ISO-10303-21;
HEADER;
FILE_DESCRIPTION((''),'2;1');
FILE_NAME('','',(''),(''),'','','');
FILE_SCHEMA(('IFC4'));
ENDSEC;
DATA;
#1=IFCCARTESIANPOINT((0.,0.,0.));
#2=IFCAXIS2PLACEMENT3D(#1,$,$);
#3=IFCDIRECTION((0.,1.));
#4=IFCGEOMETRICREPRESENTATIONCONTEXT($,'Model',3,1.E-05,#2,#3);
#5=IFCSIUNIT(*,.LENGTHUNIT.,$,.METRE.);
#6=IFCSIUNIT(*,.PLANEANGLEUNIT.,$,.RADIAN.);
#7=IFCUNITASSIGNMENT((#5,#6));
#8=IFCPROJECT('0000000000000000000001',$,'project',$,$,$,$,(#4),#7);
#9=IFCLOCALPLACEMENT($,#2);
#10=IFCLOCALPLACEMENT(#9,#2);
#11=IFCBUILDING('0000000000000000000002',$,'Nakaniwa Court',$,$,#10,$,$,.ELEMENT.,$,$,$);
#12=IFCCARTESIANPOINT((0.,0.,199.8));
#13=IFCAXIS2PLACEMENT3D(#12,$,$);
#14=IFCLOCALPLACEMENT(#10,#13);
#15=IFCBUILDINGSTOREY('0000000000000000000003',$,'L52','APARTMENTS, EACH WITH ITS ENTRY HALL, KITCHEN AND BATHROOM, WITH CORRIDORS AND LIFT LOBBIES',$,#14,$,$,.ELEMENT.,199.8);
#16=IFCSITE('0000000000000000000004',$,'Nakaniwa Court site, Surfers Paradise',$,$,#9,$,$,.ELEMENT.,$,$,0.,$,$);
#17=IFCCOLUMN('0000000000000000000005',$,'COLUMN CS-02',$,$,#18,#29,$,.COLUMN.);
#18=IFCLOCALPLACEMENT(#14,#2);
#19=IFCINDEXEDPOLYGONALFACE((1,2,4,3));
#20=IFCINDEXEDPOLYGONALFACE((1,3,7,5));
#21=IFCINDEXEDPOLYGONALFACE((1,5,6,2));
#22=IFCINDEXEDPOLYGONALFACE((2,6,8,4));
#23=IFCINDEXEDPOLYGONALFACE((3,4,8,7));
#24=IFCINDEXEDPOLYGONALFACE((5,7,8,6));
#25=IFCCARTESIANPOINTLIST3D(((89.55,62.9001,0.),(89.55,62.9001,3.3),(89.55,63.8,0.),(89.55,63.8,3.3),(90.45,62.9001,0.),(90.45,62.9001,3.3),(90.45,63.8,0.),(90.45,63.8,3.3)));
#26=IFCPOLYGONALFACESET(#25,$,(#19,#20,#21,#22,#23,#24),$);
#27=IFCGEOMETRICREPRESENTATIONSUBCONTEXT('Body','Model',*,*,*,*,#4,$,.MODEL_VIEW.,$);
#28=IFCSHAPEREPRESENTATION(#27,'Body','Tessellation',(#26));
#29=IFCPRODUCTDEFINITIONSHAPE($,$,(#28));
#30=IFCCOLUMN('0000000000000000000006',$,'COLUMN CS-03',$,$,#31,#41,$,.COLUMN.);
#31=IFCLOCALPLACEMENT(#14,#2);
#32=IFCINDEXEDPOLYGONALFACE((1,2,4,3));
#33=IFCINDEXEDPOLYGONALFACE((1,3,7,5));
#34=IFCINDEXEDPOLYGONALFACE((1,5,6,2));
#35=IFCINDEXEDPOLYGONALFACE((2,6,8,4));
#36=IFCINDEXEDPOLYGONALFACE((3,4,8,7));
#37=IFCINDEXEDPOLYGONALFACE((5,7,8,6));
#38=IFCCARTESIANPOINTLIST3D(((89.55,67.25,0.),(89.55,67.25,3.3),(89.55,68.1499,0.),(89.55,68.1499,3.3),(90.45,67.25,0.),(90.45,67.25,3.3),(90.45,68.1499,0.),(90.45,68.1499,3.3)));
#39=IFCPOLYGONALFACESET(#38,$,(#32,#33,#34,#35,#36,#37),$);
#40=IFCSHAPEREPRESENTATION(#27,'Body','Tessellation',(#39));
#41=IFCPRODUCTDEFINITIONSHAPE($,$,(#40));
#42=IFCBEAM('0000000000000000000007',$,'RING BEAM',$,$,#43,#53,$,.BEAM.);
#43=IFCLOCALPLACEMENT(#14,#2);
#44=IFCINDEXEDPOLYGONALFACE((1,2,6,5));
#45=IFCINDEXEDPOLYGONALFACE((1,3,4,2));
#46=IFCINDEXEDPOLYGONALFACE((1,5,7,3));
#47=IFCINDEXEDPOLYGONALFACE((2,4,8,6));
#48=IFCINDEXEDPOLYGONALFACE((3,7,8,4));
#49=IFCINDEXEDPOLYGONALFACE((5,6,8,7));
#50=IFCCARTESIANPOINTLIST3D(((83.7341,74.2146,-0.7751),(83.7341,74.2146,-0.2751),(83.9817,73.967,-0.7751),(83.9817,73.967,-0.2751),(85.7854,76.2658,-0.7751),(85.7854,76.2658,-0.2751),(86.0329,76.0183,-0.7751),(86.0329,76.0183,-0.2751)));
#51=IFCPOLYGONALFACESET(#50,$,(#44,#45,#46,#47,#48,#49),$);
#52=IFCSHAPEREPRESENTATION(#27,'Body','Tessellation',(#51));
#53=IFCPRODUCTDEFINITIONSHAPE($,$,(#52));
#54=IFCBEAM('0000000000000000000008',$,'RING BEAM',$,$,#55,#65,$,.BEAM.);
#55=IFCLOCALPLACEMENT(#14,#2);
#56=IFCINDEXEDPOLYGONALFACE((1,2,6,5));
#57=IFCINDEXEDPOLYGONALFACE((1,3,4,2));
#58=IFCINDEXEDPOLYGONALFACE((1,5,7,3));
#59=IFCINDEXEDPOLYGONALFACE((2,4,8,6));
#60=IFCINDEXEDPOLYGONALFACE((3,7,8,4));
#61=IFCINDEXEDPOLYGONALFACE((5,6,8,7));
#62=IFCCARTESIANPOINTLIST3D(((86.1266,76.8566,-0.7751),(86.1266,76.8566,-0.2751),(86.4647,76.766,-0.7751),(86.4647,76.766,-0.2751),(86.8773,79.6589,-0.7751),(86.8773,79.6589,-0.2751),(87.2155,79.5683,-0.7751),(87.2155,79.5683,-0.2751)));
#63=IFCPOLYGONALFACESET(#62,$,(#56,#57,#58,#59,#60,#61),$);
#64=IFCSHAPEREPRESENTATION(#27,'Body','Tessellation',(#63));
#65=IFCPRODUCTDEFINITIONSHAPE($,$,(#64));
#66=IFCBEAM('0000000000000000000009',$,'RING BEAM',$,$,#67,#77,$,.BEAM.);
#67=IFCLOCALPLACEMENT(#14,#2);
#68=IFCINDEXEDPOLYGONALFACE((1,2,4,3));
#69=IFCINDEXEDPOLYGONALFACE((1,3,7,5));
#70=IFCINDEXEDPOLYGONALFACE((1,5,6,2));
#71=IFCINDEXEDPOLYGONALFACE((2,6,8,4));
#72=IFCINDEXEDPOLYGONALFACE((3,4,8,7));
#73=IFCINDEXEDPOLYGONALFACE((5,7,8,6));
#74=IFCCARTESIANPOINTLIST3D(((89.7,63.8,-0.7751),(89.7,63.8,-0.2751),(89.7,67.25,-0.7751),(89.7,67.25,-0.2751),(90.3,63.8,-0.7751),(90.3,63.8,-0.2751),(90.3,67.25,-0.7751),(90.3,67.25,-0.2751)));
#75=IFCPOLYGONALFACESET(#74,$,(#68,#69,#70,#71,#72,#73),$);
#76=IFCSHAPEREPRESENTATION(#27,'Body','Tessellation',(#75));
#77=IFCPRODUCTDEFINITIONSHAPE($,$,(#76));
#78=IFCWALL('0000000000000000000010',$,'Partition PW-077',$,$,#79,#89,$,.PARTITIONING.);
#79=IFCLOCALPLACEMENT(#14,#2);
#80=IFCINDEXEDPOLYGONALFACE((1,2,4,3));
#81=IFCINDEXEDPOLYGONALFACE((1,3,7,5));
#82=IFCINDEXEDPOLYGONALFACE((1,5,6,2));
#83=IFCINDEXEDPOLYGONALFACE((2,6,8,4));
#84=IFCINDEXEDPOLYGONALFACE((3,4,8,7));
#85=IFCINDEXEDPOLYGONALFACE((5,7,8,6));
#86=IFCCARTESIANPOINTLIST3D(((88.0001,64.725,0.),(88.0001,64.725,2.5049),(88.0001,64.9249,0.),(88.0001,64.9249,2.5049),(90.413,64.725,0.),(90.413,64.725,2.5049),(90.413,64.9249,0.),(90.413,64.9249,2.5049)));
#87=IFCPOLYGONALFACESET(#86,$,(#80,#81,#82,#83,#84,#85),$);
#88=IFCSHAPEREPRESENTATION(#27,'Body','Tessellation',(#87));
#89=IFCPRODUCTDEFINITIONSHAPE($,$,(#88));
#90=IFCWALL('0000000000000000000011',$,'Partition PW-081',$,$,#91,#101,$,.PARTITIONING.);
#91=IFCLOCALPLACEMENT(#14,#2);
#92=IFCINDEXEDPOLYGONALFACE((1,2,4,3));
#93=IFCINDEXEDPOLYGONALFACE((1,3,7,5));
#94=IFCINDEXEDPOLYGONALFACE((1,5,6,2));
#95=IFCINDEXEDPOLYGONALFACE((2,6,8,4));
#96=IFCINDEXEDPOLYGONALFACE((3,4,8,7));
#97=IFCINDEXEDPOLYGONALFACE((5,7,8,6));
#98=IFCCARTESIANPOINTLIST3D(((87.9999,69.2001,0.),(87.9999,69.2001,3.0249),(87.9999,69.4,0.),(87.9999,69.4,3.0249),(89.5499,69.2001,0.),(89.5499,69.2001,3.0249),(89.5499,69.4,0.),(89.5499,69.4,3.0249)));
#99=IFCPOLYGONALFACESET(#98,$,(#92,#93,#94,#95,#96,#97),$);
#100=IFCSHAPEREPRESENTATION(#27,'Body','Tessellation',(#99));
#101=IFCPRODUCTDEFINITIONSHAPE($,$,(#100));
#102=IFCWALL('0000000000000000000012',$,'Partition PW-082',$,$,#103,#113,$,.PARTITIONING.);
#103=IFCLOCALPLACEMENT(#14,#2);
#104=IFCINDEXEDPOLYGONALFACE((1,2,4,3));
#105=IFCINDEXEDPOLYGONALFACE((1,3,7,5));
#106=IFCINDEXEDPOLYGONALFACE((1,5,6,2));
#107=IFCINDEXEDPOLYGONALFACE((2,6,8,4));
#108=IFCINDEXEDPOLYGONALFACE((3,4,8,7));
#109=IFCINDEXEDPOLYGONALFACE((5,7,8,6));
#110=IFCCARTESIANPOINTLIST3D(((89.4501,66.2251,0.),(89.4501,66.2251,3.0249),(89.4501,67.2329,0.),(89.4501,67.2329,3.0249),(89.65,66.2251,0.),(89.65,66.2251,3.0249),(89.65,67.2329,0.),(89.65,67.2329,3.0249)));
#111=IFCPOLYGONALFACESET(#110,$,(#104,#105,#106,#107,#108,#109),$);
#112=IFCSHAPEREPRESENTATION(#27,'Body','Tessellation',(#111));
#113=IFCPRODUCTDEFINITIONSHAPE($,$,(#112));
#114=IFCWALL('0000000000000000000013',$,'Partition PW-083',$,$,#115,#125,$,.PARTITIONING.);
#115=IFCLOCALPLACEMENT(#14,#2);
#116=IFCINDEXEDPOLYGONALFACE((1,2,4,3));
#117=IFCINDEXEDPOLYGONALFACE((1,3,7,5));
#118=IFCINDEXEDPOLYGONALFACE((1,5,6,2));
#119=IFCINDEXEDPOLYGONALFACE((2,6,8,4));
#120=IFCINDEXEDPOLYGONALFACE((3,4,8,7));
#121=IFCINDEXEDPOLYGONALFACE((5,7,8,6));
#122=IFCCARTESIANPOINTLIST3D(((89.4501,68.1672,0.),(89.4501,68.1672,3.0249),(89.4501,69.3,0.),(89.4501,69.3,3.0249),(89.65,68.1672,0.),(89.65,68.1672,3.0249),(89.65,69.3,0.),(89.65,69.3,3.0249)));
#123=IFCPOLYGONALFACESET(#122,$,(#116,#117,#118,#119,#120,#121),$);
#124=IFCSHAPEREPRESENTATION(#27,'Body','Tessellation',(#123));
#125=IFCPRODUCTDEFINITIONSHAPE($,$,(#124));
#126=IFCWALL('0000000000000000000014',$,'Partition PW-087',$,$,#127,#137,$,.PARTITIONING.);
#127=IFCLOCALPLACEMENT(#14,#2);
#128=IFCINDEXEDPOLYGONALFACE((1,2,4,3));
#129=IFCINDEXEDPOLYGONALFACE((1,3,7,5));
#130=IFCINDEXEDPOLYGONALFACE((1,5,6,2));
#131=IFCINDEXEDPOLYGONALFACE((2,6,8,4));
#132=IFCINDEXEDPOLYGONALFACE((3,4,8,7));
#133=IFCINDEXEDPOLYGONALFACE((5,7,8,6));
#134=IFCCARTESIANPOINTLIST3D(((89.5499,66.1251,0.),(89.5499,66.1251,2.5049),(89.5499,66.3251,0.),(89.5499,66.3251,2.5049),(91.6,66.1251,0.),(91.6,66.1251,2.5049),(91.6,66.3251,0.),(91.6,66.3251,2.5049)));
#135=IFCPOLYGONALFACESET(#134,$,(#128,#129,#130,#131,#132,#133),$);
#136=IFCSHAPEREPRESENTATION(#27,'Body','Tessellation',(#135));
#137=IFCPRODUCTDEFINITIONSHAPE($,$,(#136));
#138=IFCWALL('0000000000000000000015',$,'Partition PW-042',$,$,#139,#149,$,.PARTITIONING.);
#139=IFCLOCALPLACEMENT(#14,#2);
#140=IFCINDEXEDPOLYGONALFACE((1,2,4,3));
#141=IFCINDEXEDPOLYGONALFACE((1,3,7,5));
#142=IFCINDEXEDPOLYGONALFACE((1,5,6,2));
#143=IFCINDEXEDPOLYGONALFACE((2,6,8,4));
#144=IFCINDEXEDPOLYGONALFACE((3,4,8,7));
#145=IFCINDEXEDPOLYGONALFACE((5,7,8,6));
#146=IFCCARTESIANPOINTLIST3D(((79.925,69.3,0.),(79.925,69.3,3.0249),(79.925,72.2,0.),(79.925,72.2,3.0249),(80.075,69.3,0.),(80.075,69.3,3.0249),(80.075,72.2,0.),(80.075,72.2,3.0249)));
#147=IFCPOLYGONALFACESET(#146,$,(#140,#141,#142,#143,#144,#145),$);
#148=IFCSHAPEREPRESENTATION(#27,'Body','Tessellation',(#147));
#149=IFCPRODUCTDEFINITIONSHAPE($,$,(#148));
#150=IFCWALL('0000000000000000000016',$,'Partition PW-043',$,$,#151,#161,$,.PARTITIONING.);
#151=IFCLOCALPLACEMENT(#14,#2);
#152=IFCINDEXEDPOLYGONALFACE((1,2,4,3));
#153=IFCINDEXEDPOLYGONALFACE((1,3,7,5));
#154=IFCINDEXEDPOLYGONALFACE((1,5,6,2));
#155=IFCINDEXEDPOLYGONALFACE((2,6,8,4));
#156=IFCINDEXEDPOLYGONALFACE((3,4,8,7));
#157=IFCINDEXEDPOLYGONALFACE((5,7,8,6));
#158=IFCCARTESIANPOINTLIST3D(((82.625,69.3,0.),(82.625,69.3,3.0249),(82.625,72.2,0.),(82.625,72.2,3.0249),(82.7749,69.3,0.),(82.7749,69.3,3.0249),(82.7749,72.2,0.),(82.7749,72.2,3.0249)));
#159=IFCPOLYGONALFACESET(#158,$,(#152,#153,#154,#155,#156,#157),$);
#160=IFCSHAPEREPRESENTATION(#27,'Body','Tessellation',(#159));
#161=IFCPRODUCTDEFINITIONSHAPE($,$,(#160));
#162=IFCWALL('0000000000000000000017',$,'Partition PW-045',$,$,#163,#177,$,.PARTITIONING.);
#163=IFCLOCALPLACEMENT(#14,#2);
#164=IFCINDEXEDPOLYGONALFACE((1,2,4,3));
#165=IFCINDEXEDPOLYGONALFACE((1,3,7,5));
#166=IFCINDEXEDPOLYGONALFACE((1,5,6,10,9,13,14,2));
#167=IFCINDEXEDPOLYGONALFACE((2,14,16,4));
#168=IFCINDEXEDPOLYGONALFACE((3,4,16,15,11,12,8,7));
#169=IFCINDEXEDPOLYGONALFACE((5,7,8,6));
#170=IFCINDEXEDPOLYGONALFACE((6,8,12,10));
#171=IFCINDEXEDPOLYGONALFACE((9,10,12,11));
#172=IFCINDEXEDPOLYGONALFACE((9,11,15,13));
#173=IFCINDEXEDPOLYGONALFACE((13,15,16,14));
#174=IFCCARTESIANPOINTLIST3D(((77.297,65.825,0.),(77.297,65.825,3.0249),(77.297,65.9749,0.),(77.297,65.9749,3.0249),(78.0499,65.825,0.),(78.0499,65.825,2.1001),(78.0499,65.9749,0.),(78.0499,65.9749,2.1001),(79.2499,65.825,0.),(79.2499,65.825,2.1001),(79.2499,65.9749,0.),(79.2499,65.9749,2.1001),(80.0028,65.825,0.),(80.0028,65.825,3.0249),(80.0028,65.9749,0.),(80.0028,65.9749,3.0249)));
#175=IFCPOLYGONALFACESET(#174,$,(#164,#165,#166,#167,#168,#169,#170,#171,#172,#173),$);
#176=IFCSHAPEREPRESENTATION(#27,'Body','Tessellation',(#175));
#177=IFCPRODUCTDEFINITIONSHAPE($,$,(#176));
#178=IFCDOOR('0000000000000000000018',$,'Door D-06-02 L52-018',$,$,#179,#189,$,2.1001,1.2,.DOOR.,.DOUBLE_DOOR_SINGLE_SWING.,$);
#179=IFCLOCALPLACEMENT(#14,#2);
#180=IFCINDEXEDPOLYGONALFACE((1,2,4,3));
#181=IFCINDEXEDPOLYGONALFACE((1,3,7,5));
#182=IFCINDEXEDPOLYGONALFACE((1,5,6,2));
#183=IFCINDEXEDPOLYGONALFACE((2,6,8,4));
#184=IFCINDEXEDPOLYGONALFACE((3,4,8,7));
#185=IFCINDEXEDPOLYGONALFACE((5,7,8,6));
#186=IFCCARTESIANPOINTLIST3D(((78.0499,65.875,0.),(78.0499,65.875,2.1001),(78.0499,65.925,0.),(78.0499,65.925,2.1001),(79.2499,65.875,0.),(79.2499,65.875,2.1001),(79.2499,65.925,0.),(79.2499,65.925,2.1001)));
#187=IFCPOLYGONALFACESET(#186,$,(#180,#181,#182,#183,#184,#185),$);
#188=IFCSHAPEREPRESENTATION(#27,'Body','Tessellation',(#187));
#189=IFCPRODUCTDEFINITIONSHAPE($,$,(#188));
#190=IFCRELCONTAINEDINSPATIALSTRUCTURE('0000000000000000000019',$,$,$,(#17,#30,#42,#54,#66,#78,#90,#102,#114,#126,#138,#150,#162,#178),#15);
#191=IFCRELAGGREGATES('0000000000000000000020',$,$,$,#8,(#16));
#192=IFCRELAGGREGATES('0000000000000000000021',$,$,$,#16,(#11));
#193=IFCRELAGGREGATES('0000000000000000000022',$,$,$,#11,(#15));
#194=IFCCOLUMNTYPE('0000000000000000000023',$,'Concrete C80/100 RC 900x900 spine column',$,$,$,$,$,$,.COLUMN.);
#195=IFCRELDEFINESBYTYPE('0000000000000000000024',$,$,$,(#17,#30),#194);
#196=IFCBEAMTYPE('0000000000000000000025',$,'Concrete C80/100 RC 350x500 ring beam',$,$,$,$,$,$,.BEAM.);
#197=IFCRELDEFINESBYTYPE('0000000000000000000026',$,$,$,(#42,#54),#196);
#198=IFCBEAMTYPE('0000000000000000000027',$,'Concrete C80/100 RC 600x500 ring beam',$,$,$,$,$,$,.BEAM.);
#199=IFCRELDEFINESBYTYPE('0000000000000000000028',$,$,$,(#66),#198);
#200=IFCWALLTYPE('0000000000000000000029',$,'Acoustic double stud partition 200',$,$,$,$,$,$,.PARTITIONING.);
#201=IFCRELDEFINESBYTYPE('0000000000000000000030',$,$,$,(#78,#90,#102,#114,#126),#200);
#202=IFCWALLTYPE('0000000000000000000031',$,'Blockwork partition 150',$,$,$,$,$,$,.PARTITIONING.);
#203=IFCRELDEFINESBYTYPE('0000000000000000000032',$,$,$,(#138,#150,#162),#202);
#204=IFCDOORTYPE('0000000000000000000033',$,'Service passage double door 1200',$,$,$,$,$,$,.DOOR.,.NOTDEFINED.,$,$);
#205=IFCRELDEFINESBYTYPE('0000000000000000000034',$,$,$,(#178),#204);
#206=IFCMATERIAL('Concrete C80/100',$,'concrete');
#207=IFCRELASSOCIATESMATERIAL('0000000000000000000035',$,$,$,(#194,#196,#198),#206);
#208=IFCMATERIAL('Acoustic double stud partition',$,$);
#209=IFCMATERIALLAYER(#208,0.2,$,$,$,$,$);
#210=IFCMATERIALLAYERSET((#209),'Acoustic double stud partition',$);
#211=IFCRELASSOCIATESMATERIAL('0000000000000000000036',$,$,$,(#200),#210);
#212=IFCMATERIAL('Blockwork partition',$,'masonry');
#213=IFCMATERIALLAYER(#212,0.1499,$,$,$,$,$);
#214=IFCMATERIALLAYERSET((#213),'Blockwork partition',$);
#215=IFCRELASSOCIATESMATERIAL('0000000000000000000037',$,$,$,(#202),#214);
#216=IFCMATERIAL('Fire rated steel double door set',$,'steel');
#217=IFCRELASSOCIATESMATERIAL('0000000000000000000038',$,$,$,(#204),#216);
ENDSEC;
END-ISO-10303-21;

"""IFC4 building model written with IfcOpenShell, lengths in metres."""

from ifc_helpers import new_model, si_unit, direction, frame, frame_2d, origin, origin_2d, place, context, subcontext, project, spatial, rectangle, extrude, material, layer, layer_set, material_profile, profile_set, type_object, element, fill, save


model = new_model("IFC4")

# Units and contexts
model_context = context("Model", 3, precision=1e-05, world=origin(), true_north=direction((0.0, 1.0)))
body_context = subcontext(model_context, "Body", "Model", "MODEL_VIEW")
ifc_project = project(units=[si_unit("LENGTHUNIT", "METRE"), si_unit("PLANEANGLEUNIT", "RADIAN")], contexts=[model_context])

# Site, building, storey
site_placement = place(None, origin())
site = spatial("IfcSite", under=ifc_project, at=site_placement, Name="Nakaniwa Court site, Surfers Paradise", CompositionType="ELEMENT", RefElevation=0.0)
building_placement = place(site_placement, origin())
building = spatial("IfcBuilding", under=site, at=building_placement, Name="Nakaniwa Court", CompositionType="ELEMENT")
storey_placement = place(building_placement, frame((0.0, 0.0, 199.8)))
storey = spatial("IfcBuildingStorey", under=building, at=storey_placement, Name="L52", Description="APARTMENTS, EACH WITH ITS ENTRY HALL, KITCHEN AND BATHROOM, WITH CORRIDORS AND LIFT LOBBIES", CompositionType="ELEMENT", Elevation=199.8)

# Columns
ifc_material_1 = material(Name="Concrete C80/100", Category="concrete")
ifc_material_profile_1 = material_profile(ifc_material_1, rectangle(XDim=0.8999, YDim=0.8999, at=origin_2d()), Name="Concrete C80/100 RC 900x900 spine column")
ifc_profile_set_1 = profile_set([ifc_material_profile_1], Name="Concrete C80/100")
column_type_1 = type_object("IfcColumnType", Name="Concrete C80/100 RC 900x900 spine column", PredefinedType="COLUMN", material=ifc_profile_set_1)
for number, where, z_axis, x_axis, name in (
    (1, (90.0, 63.3501, 0.0), (0.0, 0.0, 1.0), (0.0, 1.0, 0.0), "COLUMN CS-02"),
    (2, (90.0, 67.7, 0.0), (0.0, 0.0, 1.0), (0.0, 1.0, 0.0), "COLUMN CS-03"),
):
    element("IfcColumn", number, at=place(storey_placement, frame(where, z_axis=z_axis, x_axis=x_axis)), inside=storey, type_object=column_type_1, Name=name, PredefinedType="COLUMN", context=body_context, shape_type="SweptSolid", body=[
        extrude(rectangle(XDim=0.8999, YDim=0.8999, at=origin_2d()), origin(), (0.0, 0.0, 1.0), 3.3),
    ])

# Beams
ifc_material_profile_2 = material_profile(ifc_material_1, rectangle(XDim=0.3501, YDim=0.5, at=origin_2d()), Name="Concrete C80/100 RC 350x500 ring beam")
ifc_profile_set_2 = profile_set([ifc_material_profile_2], Name="Concrete C80/100")
beam_type_1 = type_object("IfcBeamType", Name="Concrete C80/100 RC 350x500 ring beam", PredefinedType="BEAM", material=ifc_profile_set_2)
beam_1_placement = place(storey_placement, frame((83.8579, 74.0908, -0.5251), z_axis=(0.707107, 0.707107, 0.0), x_axis=(-0.707107, 0.707107, 0.0)))
element("IfcBeam", 3, at=beam_1_placement, inside=storey, type_object=beam_type_1, Name="RING BEAM", PredefinedType="BEAM", context=body_context, shape_type="SweptSolid", body=[
    extrude(rectangle(XDim=0.3501, YDim=0.5, at=origin_2d()), origin(), (0.0, 0.0, 1.0), 2.9009),
])
beam_2_placement = place(storey_placement, frame((86.2957, 76.8113, -0.5251), z_axis=(0.258778, 0.965937, 0.0), x_axis=(-0.965937, 0.258778, 0.0)))
element("IfcBeam", 4, at=beam_2_placement, inside=storey, type_object=beam_type_1, Name="RING BEAM", PredefinedType="BEAM", context=body_context, shape_type="SweptSolid", body=[
    extrude(rectangle(XDim=0.3501, YDim=0.5, at=origin_2d()), origin(), (0.0, 0.0, 1.0), 2.9011),
])
ifc_material_profile_3 = material_profile(ifc_material_1, rectangle(XDim=0.6001, YDim=0.5, at=origin_2d()), Name="Concrete C80/100 RC 600x500 ring beam")
ifc_profile_set_3 = profile_set([ifc_material_profile_3], Name="Concrete C80/100")
beam_type_2 = type_object("IfcBeamType", Name="Concrete C80/100 RC 600x500 ring beam", PredefinedType="BEAM", material=ifc_profile_set_3)
beam_3_placement = place(storey_placement, frame((90.0, 63.8, -0.5251), z_axis=(0.0, 1.0, 0.0), x_axis=(-1.0, 0.0, 0.0)))
element("IfcBeam", 5, at=beam_3_placement, inside=storey, type_object=beam_type_2, Name="RING BEAM", PredefinedType="BEAM", context=body_context, shape_type="SweptSolid", body=[
    extrude(rectangle(XDim=0.6001, YDim=0.5, at=origin_2d()), origin(), (0.0, 0.0, 1.0), 3.45),
])

# Walls
ifc_material_2 = material(Name="Acoustic double stud partition")
ifc_layer_1 = layer(ifc_material_2, 0.2)
ifc_layer_set_1 = layer_set([ifc_layer_1], Name="Acoustic double stud partition")
wall_type_1 = type_object("IfcWallType", Name="Acoustic double stud partition 200", PredefinedType="PARTITIONING", material=ifc_layer_set_1)
wall_1_placement = place(storey_placement, frame((88.0, 64.825, 0.0), z_axis=(0.0, 0.0, 1.0), x_axis=(1.0, 0.0, 0.0)))
element("IfcWall", 6, at=wall_1_placement, inside=storey, type_object=wall_type_1, Name="Partition PW-077", PredefinedType="PARTITIONING", context=body_context, shape_type="SweptSolid", body=[
    extrude(rectangle(XDim=2.4128, YDim=0.2, at=frame_2d((1.2065, 0.0))), origin(), (0.0, 0.0, 1.0), 2.5049),
])
wall_2_placement = place(storey_placement, frame((88.0, 69.3, 0.0), z_axis=(0.0, 0.0, 1.0), x_axis=(1.0, 0.0, 0.0)))
element("IfcWall", 7, at=wall_2_placement, inside=storey, type_object=wall_type_1, Name="Partition PW-081", PredefinedType="PARTITIONING", context=body_context, shape_type="SweptSolid", body=[
    extrude(rectangle(XDim=1.55, YDim=0.2, at=frame_2d((0.7749, 0.0))), origin(), (0.0, 0.0, 1.0), 3.0249),
])
wall_3_placement = place(storey_placement, frame((89.55, 66.2251, 0.0), z_axis=(0.0, 0.0, 1.0), x_axis=(0.0, 1.0, 0.0)))
element("IfcWall", 8, at=wall_3_placement, inside=storey, type_object=wall_type_1, Name="Partition PW-082", PredefinedType="PARTITIONING", context=body_context, shape_type="SweptSolid", body=[
    extrude(rectangle(XDim=1.0078, YDim=0.2, at=frame_2d((0.5039, 0.0))), origin(), (0.0, 0.0, 1.0), 3.0249),
])
wall_4_placement = place(storey_placement, frame((89.55, 68.1672, 0.0), z_axis=(0.0, 0.0, 1.0), x_axis=(0.0, 1.0, 0.0)))
element("IfcWall", 9, at=wall_4_placement, inside=storey, type_object=wall_type_1, Name="Partition PW-083", PredefinedType="PARTITIONING", context=body_context, shape_type="SweptSolid", body=[
    extrude(rectangle(XDim=1.1328, YDim=0.2, at=frame_2d((0.5664, 0.0))), origin(), (0.0, 0.0, 1.0), 3.0249),
])
wall_5_placement = place(storey_placement, frame((89.55, 66.2251, 0.0), z_axis=(0.0, 0.0, 1.0), x_axis=(1.0, 0.0, 0.0)))
element("IfcWall", 10, at=wall_5_placement, inside=storey, type_object=wall_type_1, Name="Partition PW-087", PredefinedType="PARTITIONING", context=body_context, shape_type="SweptSolid", body=[
    extrude(rectangle(XDim=2.05, YDim=0.2, at=frame_2d((1.0249, 0.0))), origin(), (0.0, 0.0, 1.0), 2.5049),
])
ifc_material_3 = material(Name="Blockwork partition", Category="masonry")
ifc_layer_2 = layer(ifc_material_3, 0.1499)
ifc_layer_set_2 = layer_set([ifc_layer_2], Name="Blockwork partition")
wall_type_2 = type_object("IfcWallType", Name="Blockwork partition 150", PredefinedType="PARTITIONING", material=ifc_layer_set_2)
for number, where, z_axis, x_axis, name in (
    (11, (80.0, 69.3, 0.0), (0.0, 0.0, 1.0), (0.0, 1.0, 0.0), "Partition PW-042"),
    (12, (82.7, 69.3, 0.0), (0.0, 0.0, 1.0), (0.0, 1.0, 0.0), "Partition PW-043"),
):
    element("IfcWall", number, at=place(storey_placement, frame(where, z_axis=z_axis, x_axis=x_axis)), inside=storey, type_object=wall_type_2, Name=name, PredefinedType="PARTITIONING", context=body_context, shape_type="SweptSolid", body=[
        extrude(rectangle(XDim=2.8999, YDim=0.1499, at=frame_2d((1.45, 0.0))), origin(), (0.0, 0.0, 1.0), 3.0249),
    ])

# Wall, opening, door
wall_6_placement = place(storey_placement, frame((80.0029, 65.8999, 0.0), z_axis=(0.0, 0.0, 1.0), x_axis=(-1.0, 0.0, 0.0)))
wall_6 = element("IfcWall", 13, at=wall_6_placement, inside=storey, type_object=wall_type_2, Name="Partition PW-045", PredefinedType="PARTITIONING", context=body_context, shape_type="SweptSolid", body=[
    extrude(rectangle(XDim=2.7058, YDim=0.1499, at=frame_2d((1.353, 0.0))), origin(), (0.0, 0.0, 1.0), 3.0249),
])
opening_1_placement = place(wall_6_placement, frame((0.7529, 0.0, 0.0)))
opening_1 = element("IfcOpeningElement", 14, at=opening_1_placement, cuts=wall_6, PredefinedType="OPENING", context=body_context, shape_type="SweptSolid", body=[
    extrude(rectangle(XDim=1.2, YDim=2.1001, at=frame_2d((0.6001, 1.05))), frame((0.0, 0.085, 0.0), z_axis=(0.0, -1.0, 0.0), x_axis=(1.0, 0.0, 0.0)), (0.0, 0.0, 1.0), 0.1699),
])
ifc_material_4 = material(Name="Fire rated steel double door set", Category="steel")
door_type_1 = type_object("IfcDoorType", Name="Service passage double door 1200", OperationType="NOTDEFINED", PredefinedType="DOOR", material=ifc_material_4)
door_1_placement = place(opening_1_placement, origin())
door_1 = element("IfcDoor", 15, at=door_1_placement, inside=storey, type_object=door_type_1, Name="Door D-06-02 L52-018", OperationType="DOUBLE_DOOR_SINGLE_SWING", OverallHeight=2.1001, OverallWidth=1.2, PredefinedType="DOOR", context=body_context, shape_type="SweptSolid", body=[
    extrude(rectangle(XDim=1.2, YDim=2.1001, at=frame_2d((0.6001, 1.05))), frame((0.0, 0.0249, 0.0), z_axis=(0.0, -1.0, 0.0), x_axis=(1.0, 0.0, 0.0)), (0.0, 0.0, 1.0), 0.05),
])
fill(opening_1, door_1)

save(model, "model.ifc")
